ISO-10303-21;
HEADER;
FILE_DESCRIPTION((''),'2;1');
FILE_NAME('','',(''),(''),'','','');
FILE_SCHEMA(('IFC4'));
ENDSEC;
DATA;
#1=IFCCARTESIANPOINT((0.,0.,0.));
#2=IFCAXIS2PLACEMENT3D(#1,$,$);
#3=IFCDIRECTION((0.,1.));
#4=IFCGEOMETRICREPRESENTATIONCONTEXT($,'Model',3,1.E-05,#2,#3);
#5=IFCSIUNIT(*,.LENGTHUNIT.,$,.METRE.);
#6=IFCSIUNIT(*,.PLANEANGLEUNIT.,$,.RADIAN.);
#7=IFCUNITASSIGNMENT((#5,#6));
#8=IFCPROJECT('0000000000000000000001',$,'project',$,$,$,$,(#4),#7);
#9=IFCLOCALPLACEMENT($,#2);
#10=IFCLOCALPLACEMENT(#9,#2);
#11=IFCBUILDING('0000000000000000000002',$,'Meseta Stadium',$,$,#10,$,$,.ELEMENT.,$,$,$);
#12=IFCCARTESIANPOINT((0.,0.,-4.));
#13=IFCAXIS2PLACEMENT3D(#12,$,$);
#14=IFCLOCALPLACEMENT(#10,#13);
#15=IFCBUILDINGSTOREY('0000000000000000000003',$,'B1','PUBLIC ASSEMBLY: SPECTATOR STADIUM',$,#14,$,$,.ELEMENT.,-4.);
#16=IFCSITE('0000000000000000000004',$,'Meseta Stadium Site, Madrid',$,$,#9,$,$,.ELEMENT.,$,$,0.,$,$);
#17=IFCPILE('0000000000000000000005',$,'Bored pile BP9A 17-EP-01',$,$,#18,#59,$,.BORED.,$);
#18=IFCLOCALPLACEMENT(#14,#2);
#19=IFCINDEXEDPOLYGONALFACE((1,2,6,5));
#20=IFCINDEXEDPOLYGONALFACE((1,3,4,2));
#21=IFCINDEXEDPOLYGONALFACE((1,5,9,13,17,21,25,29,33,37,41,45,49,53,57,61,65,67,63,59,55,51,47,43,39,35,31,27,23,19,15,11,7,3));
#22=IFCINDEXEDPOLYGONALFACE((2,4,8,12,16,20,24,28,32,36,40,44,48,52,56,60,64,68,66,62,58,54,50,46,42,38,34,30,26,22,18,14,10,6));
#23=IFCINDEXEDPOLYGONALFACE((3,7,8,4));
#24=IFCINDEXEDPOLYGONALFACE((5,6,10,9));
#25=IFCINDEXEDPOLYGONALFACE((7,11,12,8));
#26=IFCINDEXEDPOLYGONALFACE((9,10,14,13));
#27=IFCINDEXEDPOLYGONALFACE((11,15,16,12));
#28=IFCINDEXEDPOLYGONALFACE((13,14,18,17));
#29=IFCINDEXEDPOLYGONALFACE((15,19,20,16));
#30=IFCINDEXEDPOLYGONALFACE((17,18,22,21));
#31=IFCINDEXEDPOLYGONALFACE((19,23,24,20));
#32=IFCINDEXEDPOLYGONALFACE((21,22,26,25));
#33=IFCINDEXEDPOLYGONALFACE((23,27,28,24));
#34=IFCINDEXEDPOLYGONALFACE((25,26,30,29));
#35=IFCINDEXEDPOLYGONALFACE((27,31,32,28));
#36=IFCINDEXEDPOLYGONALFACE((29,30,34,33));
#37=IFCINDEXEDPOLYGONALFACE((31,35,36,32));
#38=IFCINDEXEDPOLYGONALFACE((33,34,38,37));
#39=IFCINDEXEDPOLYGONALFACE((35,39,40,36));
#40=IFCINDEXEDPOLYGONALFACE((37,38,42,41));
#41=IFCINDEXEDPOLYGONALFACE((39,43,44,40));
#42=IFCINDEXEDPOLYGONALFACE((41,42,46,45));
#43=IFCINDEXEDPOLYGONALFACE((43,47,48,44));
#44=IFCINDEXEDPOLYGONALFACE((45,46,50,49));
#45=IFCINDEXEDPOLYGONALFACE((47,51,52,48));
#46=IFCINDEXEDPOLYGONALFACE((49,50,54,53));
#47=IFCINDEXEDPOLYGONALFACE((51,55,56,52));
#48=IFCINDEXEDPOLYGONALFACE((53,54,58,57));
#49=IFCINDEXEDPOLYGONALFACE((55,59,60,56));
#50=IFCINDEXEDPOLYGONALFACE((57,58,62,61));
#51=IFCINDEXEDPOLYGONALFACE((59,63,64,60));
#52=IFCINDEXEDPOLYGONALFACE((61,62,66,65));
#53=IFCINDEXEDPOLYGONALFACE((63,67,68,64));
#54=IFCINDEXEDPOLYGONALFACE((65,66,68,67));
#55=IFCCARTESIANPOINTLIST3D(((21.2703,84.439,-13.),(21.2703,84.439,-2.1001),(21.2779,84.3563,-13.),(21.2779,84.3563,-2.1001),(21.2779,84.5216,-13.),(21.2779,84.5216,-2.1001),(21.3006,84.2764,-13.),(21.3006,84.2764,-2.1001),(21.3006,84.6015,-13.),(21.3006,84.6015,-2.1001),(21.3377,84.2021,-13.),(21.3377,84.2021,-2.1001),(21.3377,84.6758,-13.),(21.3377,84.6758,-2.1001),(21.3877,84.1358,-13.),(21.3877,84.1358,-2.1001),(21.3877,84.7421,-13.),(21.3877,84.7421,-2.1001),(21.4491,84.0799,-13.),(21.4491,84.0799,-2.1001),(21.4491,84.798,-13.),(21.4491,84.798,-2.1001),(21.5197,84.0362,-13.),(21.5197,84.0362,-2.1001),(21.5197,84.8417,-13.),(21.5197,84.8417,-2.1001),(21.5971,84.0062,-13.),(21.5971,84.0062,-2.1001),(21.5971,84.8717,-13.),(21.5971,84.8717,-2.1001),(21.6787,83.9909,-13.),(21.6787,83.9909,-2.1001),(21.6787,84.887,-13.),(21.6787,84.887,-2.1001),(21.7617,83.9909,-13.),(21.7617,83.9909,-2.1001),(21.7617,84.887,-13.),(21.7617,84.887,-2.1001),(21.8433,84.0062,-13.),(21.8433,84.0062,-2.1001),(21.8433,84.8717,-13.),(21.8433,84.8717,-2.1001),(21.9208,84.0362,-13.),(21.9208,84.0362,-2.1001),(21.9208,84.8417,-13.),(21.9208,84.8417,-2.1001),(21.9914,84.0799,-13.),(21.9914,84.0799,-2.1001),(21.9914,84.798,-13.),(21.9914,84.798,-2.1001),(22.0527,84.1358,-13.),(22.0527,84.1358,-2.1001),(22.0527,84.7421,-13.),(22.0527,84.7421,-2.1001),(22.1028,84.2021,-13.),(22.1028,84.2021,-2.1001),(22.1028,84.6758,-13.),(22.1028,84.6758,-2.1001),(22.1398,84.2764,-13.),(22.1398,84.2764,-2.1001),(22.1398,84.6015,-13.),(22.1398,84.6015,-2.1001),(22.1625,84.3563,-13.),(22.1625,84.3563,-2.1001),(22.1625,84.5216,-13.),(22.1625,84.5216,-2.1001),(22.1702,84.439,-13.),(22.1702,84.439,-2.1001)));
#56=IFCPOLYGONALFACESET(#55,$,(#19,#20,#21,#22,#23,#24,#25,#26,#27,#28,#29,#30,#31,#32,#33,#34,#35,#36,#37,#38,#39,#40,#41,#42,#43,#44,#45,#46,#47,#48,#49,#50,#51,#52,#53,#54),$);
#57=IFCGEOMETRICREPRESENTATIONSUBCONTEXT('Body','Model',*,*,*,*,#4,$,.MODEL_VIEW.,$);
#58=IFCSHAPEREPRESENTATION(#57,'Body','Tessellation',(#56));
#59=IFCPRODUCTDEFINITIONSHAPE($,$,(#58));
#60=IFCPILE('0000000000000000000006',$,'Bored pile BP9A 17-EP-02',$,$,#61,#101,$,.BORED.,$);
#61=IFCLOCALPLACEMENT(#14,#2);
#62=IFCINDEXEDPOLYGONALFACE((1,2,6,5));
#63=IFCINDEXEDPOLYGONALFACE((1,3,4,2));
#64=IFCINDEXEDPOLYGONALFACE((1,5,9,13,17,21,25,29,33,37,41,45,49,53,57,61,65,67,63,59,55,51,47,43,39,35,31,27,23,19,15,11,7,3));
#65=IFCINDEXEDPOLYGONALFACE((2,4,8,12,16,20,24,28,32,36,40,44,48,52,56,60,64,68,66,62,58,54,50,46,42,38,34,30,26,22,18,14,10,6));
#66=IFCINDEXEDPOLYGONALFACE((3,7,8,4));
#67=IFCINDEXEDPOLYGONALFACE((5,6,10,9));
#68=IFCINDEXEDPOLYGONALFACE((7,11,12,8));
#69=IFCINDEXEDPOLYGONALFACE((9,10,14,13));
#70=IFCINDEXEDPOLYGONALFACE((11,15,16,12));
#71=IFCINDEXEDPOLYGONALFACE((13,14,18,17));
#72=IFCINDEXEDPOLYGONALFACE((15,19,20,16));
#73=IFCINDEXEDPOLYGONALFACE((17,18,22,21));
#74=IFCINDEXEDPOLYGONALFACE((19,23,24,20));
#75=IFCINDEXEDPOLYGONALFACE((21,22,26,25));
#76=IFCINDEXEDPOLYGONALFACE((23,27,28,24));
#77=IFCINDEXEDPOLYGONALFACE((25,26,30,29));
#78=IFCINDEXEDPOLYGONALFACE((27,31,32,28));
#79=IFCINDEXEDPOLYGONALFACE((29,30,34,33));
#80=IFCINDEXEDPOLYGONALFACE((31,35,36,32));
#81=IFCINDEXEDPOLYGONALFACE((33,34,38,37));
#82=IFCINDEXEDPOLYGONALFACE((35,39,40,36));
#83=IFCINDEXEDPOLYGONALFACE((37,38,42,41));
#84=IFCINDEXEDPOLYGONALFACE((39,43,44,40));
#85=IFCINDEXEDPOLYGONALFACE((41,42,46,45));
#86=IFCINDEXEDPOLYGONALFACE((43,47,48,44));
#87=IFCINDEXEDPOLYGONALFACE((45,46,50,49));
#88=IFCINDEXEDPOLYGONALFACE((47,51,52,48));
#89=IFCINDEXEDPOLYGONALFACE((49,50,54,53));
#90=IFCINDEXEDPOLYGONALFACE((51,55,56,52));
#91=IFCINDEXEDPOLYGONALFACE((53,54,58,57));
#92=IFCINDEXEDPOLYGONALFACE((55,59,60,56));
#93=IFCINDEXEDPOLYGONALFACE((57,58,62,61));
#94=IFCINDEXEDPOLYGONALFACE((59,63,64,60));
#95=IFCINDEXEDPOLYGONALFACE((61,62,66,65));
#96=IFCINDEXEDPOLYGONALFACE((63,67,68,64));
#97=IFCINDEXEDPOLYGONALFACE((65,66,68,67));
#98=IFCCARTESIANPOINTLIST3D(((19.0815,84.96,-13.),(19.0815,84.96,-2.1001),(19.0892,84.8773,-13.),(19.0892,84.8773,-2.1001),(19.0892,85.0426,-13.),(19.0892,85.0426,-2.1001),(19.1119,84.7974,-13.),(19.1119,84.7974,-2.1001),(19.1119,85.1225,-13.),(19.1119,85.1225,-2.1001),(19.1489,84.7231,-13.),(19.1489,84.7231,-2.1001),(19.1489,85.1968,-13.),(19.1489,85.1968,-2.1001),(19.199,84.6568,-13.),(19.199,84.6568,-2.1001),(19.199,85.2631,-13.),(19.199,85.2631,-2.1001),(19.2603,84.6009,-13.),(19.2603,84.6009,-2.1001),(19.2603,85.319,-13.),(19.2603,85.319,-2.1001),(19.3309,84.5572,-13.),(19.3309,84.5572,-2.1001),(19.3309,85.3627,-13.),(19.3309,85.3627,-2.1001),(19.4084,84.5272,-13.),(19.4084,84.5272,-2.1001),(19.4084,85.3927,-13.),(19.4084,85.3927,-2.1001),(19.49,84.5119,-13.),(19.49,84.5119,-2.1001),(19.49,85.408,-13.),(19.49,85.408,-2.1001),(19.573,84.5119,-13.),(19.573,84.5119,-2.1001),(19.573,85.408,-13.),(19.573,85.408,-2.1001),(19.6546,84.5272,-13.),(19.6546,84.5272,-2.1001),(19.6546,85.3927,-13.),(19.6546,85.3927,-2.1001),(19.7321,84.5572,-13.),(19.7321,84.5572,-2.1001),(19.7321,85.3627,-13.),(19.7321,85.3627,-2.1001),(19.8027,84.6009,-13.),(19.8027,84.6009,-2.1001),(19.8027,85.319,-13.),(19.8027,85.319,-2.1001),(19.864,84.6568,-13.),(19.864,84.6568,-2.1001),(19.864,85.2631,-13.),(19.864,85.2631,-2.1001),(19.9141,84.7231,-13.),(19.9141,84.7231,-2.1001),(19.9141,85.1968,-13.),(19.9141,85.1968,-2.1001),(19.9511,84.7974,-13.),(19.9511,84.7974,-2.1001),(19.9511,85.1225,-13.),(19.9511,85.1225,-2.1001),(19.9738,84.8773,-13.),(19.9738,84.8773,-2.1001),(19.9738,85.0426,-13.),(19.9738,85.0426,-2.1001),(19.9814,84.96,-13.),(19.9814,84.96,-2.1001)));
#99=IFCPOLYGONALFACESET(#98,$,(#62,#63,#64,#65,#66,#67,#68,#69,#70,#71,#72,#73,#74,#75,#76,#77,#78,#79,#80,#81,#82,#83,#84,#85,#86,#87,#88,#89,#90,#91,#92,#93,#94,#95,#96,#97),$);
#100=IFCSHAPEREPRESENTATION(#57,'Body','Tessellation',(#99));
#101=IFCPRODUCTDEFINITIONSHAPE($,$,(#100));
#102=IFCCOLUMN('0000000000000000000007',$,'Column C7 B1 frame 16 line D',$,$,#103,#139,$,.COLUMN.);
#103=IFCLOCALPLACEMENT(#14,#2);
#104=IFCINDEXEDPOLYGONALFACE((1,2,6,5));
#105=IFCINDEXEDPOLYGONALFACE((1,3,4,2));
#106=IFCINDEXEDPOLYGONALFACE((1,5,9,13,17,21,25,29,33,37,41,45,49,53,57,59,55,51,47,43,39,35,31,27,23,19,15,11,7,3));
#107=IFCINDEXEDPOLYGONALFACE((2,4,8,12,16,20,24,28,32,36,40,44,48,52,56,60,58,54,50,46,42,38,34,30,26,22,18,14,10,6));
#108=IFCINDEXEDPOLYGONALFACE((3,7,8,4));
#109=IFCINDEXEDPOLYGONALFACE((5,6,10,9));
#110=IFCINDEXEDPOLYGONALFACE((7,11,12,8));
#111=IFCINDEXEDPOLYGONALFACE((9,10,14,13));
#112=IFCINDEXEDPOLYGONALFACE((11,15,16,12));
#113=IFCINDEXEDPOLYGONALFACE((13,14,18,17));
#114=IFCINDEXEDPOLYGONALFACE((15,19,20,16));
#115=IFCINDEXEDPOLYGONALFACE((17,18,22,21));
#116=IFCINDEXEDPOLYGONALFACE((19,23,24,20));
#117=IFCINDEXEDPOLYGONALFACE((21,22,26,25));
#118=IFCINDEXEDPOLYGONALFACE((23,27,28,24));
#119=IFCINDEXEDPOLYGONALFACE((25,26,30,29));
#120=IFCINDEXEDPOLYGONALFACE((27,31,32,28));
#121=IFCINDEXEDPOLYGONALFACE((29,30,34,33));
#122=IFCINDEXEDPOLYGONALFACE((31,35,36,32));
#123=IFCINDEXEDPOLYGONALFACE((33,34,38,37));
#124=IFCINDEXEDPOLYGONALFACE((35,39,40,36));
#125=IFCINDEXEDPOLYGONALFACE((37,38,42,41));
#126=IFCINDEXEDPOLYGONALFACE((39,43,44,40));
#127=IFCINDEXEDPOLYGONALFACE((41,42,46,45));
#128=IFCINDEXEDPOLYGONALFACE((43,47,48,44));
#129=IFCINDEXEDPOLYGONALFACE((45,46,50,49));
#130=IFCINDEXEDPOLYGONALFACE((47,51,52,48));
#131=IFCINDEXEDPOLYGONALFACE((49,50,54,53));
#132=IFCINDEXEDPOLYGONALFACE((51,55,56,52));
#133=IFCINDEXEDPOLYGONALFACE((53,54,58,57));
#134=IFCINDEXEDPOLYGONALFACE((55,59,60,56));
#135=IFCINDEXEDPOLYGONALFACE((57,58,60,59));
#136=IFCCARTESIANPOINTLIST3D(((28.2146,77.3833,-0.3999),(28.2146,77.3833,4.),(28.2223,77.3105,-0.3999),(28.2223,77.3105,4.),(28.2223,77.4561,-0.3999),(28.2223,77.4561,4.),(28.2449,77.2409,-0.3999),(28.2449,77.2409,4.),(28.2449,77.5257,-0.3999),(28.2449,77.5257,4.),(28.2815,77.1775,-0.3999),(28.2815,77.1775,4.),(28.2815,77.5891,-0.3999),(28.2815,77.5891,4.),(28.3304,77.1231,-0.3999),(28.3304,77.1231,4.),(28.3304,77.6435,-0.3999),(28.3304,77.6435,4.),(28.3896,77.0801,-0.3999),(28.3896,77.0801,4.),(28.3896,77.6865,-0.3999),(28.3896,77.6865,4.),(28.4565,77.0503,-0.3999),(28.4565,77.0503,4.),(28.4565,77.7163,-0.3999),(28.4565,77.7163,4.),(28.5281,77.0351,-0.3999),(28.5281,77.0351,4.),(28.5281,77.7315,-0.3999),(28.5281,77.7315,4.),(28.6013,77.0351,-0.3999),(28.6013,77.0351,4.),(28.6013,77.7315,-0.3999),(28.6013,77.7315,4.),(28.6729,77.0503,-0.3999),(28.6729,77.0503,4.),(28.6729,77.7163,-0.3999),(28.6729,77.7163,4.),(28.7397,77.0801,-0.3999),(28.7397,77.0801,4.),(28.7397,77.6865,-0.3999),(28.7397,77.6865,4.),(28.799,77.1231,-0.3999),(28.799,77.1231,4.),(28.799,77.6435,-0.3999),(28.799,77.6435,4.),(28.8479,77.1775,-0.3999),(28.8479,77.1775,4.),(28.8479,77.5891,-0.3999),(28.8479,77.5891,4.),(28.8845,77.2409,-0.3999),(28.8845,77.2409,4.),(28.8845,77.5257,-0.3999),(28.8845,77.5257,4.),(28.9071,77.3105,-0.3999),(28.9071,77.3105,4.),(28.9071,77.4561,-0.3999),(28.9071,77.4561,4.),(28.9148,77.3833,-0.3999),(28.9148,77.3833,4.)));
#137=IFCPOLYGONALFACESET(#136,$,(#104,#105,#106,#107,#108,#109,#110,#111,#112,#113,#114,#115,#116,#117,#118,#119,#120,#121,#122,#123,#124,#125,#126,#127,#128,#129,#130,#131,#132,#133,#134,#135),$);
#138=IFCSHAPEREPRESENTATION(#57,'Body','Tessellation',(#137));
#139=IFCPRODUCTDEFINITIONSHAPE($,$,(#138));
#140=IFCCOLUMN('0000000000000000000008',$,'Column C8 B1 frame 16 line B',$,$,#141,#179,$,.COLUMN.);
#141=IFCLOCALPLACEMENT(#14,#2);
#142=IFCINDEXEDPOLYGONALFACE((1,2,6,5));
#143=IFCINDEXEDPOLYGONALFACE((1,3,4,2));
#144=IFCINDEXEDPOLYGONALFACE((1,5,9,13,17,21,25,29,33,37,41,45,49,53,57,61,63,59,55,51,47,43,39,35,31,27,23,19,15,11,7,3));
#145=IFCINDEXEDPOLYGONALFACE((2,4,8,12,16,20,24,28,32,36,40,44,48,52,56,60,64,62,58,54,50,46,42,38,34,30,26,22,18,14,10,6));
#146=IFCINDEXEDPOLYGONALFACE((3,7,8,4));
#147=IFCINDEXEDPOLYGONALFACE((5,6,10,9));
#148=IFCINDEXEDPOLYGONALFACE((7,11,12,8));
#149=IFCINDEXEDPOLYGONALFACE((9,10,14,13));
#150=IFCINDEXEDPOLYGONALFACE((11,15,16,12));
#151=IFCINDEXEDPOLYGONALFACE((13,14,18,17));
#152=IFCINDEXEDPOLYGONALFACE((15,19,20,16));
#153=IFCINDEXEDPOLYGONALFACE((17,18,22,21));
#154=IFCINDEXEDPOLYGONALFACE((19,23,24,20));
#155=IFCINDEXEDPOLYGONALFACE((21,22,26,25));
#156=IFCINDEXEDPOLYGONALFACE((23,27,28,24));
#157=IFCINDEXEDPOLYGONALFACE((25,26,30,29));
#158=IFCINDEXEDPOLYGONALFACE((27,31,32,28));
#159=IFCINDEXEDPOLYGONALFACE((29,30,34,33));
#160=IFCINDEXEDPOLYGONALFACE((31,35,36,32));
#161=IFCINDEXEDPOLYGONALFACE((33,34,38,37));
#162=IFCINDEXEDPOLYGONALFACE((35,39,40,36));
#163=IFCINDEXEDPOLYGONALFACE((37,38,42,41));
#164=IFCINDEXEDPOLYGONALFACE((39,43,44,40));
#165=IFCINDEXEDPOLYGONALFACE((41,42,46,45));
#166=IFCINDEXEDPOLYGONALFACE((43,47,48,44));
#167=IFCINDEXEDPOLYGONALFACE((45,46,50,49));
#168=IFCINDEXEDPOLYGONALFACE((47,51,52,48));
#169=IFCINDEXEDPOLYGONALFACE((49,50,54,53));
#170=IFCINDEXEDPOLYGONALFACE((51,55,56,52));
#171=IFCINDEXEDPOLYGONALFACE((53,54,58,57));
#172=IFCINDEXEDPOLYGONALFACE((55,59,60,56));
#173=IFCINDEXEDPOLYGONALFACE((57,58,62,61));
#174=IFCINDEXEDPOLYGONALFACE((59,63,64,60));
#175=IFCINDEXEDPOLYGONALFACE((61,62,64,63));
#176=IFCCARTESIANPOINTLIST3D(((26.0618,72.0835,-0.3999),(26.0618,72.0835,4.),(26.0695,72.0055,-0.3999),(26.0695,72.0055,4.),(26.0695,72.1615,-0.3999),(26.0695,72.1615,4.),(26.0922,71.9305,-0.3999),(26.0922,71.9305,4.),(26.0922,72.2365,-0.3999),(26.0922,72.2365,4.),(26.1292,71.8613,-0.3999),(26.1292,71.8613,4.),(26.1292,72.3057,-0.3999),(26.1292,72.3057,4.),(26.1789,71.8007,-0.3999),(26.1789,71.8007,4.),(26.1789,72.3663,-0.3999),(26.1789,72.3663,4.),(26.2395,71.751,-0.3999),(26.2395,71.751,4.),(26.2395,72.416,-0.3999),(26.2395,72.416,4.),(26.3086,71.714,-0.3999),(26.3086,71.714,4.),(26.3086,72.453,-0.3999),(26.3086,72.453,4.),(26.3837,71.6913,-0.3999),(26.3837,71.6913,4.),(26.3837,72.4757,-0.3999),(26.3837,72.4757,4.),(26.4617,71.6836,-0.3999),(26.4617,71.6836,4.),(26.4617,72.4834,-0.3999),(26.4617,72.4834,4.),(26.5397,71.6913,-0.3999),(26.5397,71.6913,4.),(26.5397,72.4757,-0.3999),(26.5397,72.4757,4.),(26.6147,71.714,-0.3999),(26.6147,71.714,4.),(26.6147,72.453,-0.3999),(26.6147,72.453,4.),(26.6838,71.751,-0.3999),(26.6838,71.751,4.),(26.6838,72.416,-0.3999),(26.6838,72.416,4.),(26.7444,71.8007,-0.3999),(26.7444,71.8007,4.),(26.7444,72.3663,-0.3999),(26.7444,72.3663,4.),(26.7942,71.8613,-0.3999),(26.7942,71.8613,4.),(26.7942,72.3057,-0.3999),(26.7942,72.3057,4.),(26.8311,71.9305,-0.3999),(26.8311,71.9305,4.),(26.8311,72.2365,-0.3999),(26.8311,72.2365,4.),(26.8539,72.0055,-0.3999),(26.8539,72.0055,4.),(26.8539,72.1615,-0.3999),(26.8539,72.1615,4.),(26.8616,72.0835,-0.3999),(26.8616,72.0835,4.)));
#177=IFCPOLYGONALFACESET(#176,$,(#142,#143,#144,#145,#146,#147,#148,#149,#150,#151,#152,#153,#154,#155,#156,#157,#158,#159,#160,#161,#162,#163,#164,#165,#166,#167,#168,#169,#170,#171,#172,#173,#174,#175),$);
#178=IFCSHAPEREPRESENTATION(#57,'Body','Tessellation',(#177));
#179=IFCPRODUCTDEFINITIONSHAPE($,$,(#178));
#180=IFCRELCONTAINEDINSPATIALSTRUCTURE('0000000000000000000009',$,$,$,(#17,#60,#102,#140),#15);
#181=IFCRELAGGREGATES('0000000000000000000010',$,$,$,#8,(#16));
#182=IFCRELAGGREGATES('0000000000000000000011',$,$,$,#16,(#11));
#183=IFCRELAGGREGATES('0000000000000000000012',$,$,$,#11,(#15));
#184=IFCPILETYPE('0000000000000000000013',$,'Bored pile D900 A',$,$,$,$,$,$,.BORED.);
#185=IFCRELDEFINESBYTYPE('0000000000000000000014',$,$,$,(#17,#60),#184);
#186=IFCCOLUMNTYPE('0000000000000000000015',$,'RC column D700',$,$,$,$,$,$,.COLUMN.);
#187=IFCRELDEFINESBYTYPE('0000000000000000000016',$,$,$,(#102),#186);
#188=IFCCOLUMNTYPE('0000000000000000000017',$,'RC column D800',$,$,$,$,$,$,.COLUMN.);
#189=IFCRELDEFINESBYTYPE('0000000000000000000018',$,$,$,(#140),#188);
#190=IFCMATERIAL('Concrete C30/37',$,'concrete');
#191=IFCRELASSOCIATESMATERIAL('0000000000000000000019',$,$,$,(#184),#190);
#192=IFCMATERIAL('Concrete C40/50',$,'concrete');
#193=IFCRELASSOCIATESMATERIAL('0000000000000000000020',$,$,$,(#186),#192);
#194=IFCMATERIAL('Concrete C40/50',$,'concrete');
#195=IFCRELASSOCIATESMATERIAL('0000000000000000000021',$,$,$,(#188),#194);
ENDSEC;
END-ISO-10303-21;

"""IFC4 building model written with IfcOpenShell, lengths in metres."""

from ifc_helpers import new_model, si_unit, direction, frame, origin, origin_2d, place, context, subcontext, project, spatial, circle, extrude, material, material_profile, profile_set, type_object, element, save


model = new_model("IFC4")

# Units and contexts
model_context = context("Model", 3, precision=1e-05, world=origin(), true_north=direction((0.0, 1.0)))
body_context = subcontext(model_context, "Body", "Model", "MODEL_VIEW")
ifc_project = project(units=[si_unit("LENGTHUNIT", "METRE"), si_unit("PLANEANGLEUNIT", "RADIAN")], contexts=[model_context])

# Site, building, storey
site_placement = place(None, origin())
site = spatial("IfcSite", under=ifc_project, at=site_placement, Name="Meseta Stadium Site, Madrid", CompositionType="ELEMENT", RefElevation=0.0)
building_placement = place(site_placement, origin())
building = spatial("IfcBuilding", under=site, at=building_placement, Name="Meseta Stadium", CompositionType="ELEMENT")
storey_placement = place(building_placement, frame((0.0, 0.0, -4.0)))
storey = spatial("IfcBuildingStorey", under=building, at=storey_placement, Name="B1", Description="PUBLIC ASSEMBLY: SPECTATOR STADIUM", CompositionType="ELEMENT", Elevation=-4.0)

# Piles
ifc_material_1 = material(Name="Concrete C30/37", Category="concrete")
ifc_material_profile_1 = material_profile(ifc_material_1, circle(Radius=0.45, at=origin_2d()), Name="D900")
ifc_profile_set_1 = profile_set([ifc_material_profile_1], Name="Concrete C30/37")
pile_type = type_object("IfcPileType", Name="Bored pile D900 A", PredefinedType="BORED", material=ifc_profile_set_1)
for number, where, z_axis, x_axis, name in (
    (1, (21.7202, 84.439, -2.1001), (0.0, 0.0, -1.0), (1.0, 0.0, 0.0), "Bored pile BP9A 17-EP-01"),
    (2, (19.5315, 84.96, -2.1001), (0.0, 0.0, -1.0), (1.0, 0.0, 0.0), "Bored pile BP9A 17-EP-02"),
):
    element("IfcPile", number, at=place(storey_placement, frame(where, z_axis=z_axis, x_axis=x_axis)), inside=storey, type_object=pile_type, Name=name, PredefinedType="BORED", context=body_context, shape_type="SweptSolid", body=[
        extrude(circle(Radius=0.45, at=origin_2d()), origin(), (0.0, 0.0, 1.0), 10.8999),
    ])

# Columns
ifc_material_2 = material(Name="Concrete C40/50", Category="concrete")
ifc_material_profile_2 = material_profile(ifc_material_2, circle(Radius=0.3501, at=origin_2d()), Name="RC D700")
ifc_profile_set_2 = profile_set([ifc_material_profile_2], Name="Concrete C40/50")
column_type_1 = type_object("IfcColumnType", Name="RC column D700", PredefinedType="COLUMN", material=ifc_profile_set_2)
column_1_placement = place(storey_placement, frame((28.5647, 77.3833, -0.3999), z_axis=(0.0, 0.0, 1.0), x_axis=(1.0, 0.0, 0.0)))
element("IfcColumn", 3, at=column_1_placement, inside=storey, type_object=column_type_1, Name="Column C7 B1 frame 16 line D", PredefinedType="COLUMN", context=body_context, shape_type="SweptSolid", body=[
    extrude(circle(Radius=0.3501, at=origin_2d()), origin(), (0.0, 0.0, 1.0), 4.3999),
])
ifc_material_3 = material(Name="Concrete C40/50", Category="concrete")
ifc_material_profile_3 = material_profile(ifc_material_3, circle(Radius=0.3999, at=origin_2d()), Name="RC D800")
ifc_profile_set_3 = profile_set([ifc_material_profile_3], Name="Concrete C40/50")
column_type_2 = type_object("IfcColumnType", Name="RC column D800", PredefinedType="COLUMN", material=ifc_profile_set_3)
for number, where, z_axis, x_axis, name in (
    (4, (26.4617, 72.0835, -0.3999), (0.0, 0.0, 1.0), (1.0, 0.0, 0.0), "Column C8 B1 frame 16 line B"),
):
    element("IfcColumn", number, at=place(storey_placement, frame(where, z_axis=z_axis, x_axis=x_axis)), inside=storey, type_object=column_type_2, Name=name, PredefinedType="COLUMN", context=body_context, shape_type="SweptSolid", body=[
        extrude(circle(Radius=0.3999, at=origin_2d()), origin(), (0.0, 0.0, 1.0), 4.3999),
    ])

save(model, "model.ifc")
